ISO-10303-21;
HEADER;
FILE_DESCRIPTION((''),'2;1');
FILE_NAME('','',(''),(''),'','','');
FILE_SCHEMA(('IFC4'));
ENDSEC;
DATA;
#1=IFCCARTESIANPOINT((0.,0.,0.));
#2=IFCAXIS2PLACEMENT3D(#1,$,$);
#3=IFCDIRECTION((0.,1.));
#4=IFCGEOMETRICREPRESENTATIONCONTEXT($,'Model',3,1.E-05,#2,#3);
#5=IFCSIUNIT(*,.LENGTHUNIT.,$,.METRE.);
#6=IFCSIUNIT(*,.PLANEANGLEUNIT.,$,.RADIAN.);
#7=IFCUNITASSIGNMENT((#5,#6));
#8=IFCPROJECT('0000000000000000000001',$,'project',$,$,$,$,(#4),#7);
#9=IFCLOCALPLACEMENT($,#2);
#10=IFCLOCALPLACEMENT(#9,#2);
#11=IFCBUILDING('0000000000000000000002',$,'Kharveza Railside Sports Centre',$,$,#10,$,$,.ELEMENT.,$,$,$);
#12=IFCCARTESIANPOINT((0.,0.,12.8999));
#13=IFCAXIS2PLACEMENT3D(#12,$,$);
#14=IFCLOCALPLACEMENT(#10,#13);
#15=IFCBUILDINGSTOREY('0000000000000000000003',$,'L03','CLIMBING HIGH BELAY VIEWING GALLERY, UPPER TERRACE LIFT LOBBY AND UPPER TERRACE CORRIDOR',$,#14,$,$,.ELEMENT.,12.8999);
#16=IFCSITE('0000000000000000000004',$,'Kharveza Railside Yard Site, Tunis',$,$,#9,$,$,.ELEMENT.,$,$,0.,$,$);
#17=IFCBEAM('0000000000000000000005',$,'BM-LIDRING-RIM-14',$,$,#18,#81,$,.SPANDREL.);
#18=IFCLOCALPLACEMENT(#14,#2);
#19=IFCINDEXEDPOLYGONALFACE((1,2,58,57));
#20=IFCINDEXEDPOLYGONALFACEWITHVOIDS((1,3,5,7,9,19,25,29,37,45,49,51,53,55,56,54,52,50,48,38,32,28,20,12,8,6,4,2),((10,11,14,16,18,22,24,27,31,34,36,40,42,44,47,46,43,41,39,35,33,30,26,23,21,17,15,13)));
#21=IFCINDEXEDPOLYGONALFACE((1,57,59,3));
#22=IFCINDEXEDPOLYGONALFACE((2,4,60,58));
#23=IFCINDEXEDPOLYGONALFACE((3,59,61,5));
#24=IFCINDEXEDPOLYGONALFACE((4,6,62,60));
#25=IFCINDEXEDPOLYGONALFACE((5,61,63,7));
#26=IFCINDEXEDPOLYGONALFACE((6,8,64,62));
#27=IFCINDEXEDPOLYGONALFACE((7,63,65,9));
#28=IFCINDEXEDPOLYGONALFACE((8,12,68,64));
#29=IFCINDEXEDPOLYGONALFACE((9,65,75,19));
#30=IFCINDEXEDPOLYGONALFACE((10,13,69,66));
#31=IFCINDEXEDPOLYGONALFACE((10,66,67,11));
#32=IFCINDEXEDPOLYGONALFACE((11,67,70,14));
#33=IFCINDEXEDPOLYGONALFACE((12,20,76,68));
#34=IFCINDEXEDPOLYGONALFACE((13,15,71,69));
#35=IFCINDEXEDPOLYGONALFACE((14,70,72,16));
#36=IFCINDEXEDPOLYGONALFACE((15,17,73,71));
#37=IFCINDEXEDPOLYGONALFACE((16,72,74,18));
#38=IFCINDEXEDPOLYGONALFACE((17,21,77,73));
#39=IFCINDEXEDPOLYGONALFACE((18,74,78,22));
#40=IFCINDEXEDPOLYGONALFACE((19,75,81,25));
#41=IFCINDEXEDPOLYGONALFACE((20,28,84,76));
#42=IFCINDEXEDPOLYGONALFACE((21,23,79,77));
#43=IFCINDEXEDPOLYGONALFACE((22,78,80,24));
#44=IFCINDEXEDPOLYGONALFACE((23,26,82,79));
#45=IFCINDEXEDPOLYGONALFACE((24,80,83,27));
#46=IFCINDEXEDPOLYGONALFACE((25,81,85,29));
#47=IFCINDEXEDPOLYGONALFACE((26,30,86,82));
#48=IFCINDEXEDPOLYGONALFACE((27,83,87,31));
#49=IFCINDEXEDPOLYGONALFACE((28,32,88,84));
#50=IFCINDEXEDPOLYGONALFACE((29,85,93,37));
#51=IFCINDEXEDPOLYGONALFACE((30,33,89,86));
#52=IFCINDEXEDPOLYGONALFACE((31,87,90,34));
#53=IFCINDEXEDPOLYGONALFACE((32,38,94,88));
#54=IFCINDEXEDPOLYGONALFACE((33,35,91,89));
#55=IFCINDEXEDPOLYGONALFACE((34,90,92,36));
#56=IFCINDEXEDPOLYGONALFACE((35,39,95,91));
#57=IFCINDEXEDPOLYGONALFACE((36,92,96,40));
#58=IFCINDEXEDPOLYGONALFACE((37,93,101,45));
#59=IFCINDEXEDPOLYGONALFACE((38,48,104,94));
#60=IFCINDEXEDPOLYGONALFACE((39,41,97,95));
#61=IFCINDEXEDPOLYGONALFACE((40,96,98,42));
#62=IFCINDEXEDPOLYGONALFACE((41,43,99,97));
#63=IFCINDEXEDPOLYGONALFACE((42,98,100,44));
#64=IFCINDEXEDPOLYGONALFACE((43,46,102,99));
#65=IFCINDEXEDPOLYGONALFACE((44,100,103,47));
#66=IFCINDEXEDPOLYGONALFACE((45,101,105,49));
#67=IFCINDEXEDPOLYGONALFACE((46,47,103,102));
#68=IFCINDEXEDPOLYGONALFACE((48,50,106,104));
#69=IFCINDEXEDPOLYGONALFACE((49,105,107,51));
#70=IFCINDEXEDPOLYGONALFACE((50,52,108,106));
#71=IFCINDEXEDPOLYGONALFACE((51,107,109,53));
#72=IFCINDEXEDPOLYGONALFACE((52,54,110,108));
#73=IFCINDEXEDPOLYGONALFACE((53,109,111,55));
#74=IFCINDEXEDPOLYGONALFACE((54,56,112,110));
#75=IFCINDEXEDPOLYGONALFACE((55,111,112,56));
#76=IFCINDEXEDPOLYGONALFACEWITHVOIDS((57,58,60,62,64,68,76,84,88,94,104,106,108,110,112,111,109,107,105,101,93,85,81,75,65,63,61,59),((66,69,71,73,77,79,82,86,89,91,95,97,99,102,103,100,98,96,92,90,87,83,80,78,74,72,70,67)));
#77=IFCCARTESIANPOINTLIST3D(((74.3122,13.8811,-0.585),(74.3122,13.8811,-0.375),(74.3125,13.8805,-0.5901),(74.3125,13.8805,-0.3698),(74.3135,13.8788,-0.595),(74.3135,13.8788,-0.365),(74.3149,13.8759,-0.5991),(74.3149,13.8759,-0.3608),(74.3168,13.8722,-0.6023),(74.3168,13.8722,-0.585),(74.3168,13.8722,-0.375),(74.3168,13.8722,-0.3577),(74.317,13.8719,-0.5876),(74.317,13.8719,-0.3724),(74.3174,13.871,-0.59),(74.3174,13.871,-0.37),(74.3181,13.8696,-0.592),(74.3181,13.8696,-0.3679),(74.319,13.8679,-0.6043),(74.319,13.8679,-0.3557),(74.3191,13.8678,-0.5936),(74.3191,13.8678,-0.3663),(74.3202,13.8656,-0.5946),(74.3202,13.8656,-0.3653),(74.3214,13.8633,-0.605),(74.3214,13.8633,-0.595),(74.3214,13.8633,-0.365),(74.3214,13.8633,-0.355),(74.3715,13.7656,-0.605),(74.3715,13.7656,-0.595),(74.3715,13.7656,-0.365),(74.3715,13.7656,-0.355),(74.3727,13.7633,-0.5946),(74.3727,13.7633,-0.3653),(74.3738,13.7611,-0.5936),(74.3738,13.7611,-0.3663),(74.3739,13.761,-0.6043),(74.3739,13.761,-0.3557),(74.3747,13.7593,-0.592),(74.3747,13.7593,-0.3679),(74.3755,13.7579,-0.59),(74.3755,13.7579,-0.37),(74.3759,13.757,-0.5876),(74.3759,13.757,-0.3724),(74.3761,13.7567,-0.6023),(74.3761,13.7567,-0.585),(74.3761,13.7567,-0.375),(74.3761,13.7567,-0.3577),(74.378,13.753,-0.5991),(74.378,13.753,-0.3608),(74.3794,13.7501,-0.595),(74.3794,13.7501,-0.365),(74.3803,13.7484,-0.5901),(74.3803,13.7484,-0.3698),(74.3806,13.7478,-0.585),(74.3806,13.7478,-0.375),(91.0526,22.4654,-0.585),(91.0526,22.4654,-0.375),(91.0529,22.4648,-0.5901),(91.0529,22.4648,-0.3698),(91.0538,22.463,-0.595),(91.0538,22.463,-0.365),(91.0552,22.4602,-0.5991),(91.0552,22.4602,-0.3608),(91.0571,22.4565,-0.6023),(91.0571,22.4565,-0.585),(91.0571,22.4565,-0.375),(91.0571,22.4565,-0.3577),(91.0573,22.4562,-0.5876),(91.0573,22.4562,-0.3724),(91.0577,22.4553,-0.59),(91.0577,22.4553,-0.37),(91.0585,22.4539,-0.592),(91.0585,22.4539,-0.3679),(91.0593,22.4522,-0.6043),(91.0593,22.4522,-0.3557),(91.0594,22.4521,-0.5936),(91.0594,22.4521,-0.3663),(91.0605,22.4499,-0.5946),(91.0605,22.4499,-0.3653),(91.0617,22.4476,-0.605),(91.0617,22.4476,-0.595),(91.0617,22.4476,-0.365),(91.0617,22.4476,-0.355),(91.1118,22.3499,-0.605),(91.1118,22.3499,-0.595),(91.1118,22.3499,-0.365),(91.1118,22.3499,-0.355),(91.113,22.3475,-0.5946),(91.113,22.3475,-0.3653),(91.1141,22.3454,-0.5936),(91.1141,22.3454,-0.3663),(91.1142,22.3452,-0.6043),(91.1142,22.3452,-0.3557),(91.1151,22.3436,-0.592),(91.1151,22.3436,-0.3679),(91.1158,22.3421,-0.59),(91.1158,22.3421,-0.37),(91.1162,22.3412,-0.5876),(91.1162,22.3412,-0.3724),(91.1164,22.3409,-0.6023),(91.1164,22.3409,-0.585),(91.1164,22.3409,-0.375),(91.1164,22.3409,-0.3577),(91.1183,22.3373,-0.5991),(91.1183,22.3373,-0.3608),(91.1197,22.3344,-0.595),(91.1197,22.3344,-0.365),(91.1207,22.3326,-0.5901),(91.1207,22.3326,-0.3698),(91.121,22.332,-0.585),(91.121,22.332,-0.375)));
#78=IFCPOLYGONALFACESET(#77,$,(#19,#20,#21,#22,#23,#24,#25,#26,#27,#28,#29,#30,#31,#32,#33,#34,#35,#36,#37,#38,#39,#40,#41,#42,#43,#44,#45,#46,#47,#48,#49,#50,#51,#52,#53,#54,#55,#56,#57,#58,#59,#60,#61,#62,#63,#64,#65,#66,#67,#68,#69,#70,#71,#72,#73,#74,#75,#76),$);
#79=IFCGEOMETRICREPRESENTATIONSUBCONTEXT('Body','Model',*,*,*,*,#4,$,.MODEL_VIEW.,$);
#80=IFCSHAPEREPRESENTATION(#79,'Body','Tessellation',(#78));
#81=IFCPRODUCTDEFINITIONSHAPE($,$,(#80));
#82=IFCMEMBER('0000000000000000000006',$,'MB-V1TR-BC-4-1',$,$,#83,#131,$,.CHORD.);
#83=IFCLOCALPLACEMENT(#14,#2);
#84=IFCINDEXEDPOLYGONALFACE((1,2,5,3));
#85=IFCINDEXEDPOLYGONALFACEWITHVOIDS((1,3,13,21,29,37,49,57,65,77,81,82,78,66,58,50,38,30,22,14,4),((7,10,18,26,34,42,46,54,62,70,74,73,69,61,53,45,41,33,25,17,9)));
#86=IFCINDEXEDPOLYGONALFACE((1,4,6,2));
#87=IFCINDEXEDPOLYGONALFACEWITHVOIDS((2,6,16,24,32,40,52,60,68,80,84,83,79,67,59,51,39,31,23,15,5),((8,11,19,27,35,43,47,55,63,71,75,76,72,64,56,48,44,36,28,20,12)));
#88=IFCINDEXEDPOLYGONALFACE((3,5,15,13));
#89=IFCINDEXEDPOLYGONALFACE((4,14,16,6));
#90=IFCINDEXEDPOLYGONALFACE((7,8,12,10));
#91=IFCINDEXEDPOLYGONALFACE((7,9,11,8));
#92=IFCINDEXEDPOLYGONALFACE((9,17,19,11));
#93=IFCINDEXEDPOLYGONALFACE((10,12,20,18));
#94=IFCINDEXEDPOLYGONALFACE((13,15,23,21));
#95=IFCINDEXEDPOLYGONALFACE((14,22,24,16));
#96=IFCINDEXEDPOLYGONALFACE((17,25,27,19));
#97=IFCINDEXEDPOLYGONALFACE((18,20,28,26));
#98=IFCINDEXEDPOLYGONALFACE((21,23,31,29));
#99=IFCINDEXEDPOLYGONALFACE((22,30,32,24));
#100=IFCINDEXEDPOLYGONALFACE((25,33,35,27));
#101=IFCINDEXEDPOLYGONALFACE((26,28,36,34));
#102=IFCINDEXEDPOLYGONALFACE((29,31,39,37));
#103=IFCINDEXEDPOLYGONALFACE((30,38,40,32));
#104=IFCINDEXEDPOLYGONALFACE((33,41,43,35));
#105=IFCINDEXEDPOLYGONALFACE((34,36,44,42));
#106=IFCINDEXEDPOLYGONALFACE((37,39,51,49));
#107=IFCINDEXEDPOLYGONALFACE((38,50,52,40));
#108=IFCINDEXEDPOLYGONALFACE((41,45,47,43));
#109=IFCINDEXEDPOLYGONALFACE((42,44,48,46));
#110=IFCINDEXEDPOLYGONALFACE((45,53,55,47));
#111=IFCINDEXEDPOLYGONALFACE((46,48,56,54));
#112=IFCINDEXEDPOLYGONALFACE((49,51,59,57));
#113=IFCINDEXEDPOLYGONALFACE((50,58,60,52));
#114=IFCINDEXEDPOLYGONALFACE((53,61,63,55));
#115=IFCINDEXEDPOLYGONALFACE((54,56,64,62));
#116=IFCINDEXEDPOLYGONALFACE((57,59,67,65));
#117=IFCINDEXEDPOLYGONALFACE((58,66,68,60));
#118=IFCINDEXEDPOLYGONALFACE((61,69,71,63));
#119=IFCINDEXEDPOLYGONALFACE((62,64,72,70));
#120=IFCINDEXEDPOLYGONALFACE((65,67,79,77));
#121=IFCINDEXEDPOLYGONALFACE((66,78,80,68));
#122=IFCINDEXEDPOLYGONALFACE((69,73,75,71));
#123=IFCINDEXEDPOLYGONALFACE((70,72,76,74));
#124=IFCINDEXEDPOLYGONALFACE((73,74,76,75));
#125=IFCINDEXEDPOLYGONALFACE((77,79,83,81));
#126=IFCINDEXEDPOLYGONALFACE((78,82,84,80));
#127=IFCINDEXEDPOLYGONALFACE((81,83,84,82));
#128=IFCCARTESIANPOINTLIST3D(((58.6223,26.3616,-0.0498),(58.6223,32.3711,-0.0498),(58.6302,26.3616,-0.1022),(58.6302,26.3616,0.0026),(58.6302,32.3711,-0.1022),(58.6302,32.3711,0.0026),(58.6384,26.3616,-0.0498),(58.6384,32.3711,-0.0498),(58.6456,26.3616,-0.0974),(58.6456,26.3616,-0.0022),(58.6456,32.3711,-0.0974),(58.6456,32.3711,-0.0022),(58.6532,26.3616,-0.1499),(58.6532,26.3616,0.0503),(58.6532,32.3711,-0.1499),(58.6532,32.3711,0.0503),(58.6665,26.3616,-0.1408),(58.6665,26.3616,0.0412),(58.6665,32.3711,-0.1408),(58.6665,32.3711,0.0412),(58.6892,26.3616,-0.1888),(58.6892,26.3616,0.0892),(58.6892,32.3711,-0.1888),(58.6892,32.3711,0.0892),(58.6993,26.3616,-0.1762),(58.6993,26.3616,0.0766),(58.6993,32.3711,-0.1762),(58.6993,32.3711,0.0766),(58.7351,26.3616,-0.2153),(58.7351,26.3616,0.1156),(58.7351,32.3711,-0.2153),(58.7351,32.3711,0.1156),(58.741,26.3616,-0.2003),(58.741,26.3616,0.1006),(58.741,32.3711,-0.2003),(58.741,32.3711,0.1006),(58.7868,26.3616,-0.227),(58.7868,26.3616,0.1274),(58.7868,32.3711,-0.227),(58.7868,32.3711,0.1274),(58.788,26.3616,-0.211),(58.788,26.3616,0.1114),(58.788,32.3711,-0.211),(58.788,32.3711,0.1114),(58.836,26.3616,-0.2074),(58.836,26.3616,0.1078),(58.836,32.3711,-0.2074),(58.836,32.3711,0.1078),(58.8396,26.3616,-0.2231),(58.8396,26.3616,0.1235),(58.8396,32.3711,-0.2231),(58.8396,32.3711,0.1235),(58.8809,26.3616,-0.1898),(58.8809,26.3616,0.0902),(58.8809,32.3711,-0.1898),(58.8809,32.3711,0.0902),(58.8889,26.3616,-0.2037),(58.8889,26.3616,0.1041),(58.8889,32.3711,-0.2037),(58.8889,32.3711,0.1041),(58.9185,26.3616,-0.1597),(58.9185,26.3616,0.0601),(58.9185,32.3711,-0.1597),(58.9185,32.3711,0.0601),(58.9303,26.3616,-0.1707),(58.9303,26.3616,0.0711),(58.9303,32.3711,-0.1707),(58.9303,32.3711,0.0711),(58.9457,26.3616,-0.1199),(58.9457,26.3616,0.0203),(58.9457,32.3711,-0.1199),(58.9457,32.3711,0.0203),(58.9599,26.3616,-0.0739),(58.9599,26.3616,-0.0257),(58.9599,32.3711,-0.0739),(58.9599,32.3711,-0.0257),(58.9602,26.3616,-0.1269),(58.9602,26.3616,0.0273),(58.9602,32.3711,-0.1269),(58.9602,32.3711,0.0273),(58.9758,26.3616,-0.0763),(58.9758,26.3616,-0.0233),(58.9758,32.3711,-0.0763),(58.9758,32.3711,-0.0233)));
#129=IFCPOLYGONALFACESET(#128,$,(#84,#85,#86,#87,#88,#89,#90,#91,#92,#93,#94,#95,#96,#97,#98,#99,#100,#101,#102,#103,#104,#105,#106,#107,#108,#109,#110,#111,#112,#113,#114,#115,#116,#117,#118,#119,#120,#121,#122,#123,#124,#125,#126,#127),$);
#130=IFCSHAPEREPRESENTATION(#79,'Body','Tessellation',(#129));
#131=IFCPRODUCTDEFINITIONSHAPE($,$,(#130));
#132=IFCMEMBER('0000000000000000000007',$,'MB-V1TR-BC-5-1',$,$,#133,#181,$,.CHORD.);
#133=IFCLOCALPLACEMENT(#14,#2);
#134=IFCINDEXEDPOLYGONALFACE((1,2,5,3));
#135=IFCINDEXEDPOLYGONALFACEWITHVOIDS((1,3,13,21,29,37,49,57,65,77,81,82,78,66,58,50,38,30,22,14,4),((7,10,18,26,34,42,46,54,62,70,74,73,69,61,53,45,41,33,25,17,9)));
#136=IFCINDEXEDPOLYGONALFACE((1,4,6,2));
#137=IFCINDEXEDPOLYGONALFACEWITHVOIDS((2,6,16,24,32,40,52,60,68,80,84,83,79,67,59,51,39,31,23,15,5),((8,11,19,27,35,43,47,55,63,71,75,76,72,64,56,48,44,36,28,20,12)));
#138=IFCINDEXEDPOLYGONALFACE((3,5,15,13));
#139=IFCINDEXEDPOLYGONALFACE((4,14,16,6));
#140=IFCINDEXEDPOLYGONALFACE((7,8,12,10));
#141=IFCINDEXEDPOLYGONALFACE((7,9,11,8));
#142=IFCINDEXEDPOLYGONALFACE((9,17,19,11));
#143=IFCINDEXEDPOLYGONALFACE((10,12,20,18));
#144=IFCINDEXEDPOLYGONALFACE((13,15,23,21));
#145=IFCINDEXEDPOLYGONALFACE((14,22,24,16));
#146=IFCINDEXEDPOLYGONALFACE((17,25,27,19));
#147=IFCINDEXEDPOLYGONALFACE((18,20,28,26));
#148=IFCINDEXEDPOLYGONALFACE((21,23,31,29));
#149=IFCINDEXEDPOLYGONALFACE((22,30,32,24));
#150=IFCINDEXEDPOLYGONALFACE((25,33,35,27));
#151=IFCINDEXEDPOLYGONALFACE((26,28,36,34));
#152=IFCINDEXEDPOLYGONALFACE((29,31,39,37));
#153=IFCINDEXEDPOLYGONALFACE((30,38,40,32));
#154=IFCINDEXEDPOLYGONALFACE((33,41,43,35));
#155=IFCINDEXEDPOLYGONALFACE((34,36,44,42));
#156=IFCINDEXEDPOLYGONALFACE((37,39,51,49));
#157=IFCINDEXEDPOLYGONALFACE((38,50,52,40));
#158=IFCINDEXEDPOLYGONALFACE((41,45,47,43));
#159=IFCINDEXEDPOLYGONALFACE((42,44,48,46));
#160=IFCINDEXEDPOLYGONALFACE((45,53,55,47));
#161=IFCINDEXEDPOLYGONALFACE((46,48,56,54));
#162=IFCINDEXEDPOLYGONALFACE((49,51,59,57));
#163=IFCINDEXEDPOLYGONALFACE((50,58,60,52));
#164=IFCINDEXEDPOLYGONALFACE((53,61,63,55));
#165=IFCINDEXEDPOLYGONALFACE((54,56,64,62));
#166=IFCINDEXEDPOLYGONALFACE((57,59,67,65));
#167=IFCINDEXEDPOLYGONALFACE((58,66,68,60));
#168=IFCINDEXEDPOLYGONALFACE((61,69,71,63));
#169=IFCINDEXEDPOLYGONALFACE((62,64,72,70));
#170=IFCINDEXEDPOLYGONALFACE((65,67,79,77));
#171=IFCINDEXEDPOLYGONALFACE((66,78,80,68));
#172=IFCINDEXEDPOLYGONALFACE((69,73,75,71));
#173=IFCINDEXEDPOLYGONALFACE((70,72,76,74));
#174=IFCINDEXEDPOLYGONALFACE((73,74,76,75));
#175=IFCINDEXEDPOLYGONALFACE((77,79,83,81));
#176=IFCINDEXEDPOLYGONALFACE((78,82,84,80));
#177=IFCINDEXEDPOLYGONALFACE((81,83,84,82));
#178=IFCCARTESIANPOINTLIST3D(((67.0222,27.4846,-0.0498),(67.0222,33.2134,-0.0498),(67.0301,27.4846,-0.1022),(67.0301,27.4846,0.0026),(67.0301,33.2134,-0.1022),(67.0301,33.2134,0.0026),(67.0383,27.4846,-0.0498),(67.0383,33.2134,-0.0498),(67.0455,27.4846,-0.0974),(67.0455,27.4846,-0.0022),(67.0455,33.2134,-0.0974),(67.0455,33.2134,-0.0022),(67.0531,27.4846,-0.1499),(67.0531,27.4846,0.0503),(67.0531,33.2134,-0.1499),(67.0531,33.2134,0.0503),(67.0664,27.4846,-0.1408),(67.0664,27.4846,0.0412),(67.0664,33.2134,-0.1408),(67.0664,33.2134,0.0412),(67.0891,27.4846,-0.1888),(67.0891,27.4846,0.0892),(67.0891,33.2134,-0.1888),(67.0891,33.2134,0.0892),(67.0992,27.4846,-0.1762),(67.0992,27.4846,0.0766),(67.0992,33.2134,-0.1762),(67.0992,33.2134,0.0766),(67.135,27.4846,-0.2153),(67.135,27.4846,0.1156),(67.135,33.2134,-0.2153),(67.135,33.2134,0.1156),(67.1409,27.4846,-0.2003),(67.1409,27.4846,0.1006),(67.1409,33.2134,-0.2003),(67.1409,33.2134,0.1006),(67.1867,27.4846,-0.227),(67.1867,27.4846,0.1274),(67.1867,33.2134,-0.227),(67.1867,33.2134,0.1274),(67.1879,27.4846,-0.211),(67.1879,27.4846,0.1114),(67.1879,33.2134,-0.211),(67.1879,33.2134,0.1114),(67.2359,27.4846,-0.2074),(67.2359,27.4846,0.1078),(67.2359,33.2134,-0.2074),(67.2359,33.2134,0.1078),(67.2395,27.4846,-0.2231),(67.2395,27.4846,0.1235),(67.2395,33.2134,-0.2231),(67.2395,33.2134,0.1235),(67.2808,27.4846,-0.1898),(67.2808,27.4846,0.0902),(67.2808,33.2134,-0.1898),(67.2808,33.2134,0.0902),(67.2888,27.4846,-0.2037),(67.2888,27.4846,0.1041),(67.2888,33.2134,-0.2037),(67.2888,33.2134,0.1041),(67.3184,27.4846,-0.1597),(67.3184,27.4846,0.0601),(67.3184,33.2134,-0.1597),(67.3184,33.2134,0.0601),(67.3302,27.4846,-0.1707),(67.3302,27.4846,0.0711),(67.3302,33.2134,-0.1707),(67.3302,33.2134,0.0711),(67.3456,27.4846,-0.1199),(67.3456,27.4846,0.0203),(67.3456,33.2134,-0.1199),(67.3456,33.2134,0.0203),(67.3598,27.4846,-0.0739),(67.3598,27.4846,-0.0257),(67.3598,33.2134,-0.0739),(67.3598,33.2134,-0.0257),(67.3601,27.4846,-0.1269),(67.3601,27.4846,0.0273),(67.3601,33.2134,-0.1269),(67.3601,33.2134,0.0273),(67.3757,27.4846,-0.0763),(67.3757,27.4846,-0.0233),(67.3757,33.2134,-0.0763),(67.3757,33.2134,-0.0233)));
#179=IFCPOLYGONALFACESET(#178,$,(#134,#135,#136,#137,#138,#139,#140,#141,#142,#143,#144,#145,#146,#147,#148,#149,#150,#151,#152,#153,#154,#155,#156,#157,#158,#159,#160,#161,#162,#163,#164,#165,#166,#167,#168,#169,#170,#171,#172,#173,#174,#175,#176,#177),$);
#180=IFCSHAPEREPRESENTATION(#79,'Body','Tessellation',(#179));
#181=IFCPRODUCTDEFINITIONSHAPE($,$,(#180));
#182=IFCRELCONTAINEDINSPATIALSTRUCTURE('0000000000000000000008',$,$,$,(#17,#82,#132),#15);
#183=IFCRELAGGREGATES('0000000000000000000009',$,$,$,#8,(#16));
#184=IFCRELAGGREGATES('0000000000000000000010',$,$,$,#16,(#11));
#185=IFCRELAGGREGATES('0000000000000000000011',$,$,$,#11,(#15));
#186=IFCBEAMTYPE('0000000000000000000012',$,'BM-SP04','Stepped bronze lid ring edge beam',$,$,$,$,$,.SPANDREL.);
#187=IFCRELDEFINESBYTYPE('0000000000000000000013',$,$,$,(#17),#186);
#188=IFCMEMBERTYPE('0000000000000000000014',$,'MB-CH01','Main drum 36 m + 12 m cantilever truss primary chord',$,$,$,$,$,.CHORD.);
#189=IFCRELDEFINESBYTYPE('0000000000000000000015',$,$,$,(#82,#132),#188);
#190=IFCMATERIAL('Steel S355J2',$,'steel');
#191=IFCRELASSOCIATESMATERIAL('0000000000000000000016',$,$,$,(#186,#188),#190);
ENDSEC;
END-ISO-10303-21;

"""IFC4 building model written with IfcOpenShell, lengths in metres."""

from ifc_helpers import new_model, si_unit, direction, frame, origin, origin_2d, place, context, subcontext, project, spatial, hollow_rectangle, hollow_circle, extrude, material, material_profile, profile_set, type_object, element, save


model = new_model("IFC4")

# Units and contexts
model_context = context("Model", 3, precision=1e-05, world=origin(), true_north=direction((0.0, 1.0)))
body_context = subcontext(model_context, "Body", "Model", "MODEL_VIEW")
ifc_project = project(units=[si_unit("LENGTHUNIT", "METRE"), si_unit("PLANEANGLEUNIT", "RADIAN")], contexts=[model_context])

# Site, building, storey
site_placement = place(None, origin())
site = spatial("IfcSite", under=ifc_project, at=site_placement, Name="Kharveza Railside Yard Site, Tunis", CompositionType="ELEMENT", RefElevation=0.0)
building_placement = place(site_placement, origin())
building = spatial("IfcBuilding", under=site, at=building_placement, Name="Kharveza Railside Sports Centre", CompositionType="ELEMENT")
storey_placement = place(building_placement, frame((0.0, 0.0, 12.8999)))
storey = spatial("IfcBuildingStorey", under=building, at=storey_placement, Name="L03", Description="CLIMBING HIGH BELAY VIEWING GALLERY, UPPER TERRACE LIFT LOBBY AND UPPER TERRACE CORRIDOR", CompositionType="ELEMENT", Elevation=12.8999)

# Beam
ifc_material_1 = material(Name="Steel S355J2", Category="steel")
ifc_material_profile_1 = material_profile(ifc_material_1, hollow_rectangle(XDim=0.1499, YDim=0.25, WallThickness=0.01, InnerFilletRadius=0.01, OuterFilletRadius=0.02, at=origin_2d()), Name="RHS 150x250x10.0")
ifc_profile_set_1 = profile_set([ifc_material_profile_1], Name="Steel S355J2")
beam_type = type_object("IfcBeamType", Name="BM-SP04", Description="Stepped bronze lid ring edge beam", PredefinedType="SPANDREL", material=ifc_profile_set_1)
beam_1_placement = place(storey_placement, frame((74.3464, 13.8145, -0.48), z_axis=(0.889828, 0.456295, 0.0), x_axis=(-0.456295, 0.889828, 0.0)))
element("IfcBeam", 1, at=beam_1_placement, inside=storey, type_object=beam_type, Name="BM-LIDRING-RIM-14", PredefinedType="SPANDREL", context=body_context, shape_type="SweptSolid", body=[
    extrude(hollow_rectangle(XDim=0.1499, YDim=0.25, WallThickness=0.01, InnerFilletRadius=0.01, OuterFilletRadius=0.02, at=origin_2d()), origin(), (0.0, 0.0, 1.0), 18.813),
])

# Members
ifc_material_profile_2 = material_profile(ifc_material_1, hollow_circle(Radius=0.1777, WallThickness=0.0161, at=origin_2d()), Name="CHS 355.6x16.0")
ifc_profile_set_2 = profile_set([ifc_material_profile_2], Name="Steel S355J2")
member_type_1 = type_object("IfcMemberType", Name="MB-CH01", Description="Main drum 36 m + 12 m cantilever truss primary chord", PredefinedType="CHORD", material=ifc_profile_set_2)
member_1_placement = place(storey_placement, frame((58.8, 26.3616, -0.0498), z_axis=(0.0, 1.0, 0.0), x_axis=(-1.0, 0.0, 0.0)))
element("IfcMember", 2, at=member_1_placement, inside=storey, type_object=member_type_1, Name="MB-V1TR-BC-4-1", PredefinedType="CHORD", context=body_context, shape_type="SweptSolid", body=[
    extrude(hollow_circle(Radius=0.1777, WallThickness=0.0161, at=origin_2d()), origin(), (0.0, 0.0, 1.0), 6.0095),
])
member_2_placement = place(storey_placement, frame((67.2, 27.4846, -0.0498), z_axis=(0.0, 1.0, 0.0), x_axis=(-1.0, 0.0, 0.0)))
element("IfcMember", 3, at=member_2_placement, inside=storey, type_object=member_type_1, Name="MB-V1TR-BC-5-1", PredefinedType="CHORD", context=body_context, shape_type="SweptSolid", body=[
    extrude(hollow_circle(Radius=0.1777, WallThickness=0.0161, at=origin_2d()), origin(), (0.0, 0.0, 1.0), 5.7288),
])

save(model, "model.ifc")
